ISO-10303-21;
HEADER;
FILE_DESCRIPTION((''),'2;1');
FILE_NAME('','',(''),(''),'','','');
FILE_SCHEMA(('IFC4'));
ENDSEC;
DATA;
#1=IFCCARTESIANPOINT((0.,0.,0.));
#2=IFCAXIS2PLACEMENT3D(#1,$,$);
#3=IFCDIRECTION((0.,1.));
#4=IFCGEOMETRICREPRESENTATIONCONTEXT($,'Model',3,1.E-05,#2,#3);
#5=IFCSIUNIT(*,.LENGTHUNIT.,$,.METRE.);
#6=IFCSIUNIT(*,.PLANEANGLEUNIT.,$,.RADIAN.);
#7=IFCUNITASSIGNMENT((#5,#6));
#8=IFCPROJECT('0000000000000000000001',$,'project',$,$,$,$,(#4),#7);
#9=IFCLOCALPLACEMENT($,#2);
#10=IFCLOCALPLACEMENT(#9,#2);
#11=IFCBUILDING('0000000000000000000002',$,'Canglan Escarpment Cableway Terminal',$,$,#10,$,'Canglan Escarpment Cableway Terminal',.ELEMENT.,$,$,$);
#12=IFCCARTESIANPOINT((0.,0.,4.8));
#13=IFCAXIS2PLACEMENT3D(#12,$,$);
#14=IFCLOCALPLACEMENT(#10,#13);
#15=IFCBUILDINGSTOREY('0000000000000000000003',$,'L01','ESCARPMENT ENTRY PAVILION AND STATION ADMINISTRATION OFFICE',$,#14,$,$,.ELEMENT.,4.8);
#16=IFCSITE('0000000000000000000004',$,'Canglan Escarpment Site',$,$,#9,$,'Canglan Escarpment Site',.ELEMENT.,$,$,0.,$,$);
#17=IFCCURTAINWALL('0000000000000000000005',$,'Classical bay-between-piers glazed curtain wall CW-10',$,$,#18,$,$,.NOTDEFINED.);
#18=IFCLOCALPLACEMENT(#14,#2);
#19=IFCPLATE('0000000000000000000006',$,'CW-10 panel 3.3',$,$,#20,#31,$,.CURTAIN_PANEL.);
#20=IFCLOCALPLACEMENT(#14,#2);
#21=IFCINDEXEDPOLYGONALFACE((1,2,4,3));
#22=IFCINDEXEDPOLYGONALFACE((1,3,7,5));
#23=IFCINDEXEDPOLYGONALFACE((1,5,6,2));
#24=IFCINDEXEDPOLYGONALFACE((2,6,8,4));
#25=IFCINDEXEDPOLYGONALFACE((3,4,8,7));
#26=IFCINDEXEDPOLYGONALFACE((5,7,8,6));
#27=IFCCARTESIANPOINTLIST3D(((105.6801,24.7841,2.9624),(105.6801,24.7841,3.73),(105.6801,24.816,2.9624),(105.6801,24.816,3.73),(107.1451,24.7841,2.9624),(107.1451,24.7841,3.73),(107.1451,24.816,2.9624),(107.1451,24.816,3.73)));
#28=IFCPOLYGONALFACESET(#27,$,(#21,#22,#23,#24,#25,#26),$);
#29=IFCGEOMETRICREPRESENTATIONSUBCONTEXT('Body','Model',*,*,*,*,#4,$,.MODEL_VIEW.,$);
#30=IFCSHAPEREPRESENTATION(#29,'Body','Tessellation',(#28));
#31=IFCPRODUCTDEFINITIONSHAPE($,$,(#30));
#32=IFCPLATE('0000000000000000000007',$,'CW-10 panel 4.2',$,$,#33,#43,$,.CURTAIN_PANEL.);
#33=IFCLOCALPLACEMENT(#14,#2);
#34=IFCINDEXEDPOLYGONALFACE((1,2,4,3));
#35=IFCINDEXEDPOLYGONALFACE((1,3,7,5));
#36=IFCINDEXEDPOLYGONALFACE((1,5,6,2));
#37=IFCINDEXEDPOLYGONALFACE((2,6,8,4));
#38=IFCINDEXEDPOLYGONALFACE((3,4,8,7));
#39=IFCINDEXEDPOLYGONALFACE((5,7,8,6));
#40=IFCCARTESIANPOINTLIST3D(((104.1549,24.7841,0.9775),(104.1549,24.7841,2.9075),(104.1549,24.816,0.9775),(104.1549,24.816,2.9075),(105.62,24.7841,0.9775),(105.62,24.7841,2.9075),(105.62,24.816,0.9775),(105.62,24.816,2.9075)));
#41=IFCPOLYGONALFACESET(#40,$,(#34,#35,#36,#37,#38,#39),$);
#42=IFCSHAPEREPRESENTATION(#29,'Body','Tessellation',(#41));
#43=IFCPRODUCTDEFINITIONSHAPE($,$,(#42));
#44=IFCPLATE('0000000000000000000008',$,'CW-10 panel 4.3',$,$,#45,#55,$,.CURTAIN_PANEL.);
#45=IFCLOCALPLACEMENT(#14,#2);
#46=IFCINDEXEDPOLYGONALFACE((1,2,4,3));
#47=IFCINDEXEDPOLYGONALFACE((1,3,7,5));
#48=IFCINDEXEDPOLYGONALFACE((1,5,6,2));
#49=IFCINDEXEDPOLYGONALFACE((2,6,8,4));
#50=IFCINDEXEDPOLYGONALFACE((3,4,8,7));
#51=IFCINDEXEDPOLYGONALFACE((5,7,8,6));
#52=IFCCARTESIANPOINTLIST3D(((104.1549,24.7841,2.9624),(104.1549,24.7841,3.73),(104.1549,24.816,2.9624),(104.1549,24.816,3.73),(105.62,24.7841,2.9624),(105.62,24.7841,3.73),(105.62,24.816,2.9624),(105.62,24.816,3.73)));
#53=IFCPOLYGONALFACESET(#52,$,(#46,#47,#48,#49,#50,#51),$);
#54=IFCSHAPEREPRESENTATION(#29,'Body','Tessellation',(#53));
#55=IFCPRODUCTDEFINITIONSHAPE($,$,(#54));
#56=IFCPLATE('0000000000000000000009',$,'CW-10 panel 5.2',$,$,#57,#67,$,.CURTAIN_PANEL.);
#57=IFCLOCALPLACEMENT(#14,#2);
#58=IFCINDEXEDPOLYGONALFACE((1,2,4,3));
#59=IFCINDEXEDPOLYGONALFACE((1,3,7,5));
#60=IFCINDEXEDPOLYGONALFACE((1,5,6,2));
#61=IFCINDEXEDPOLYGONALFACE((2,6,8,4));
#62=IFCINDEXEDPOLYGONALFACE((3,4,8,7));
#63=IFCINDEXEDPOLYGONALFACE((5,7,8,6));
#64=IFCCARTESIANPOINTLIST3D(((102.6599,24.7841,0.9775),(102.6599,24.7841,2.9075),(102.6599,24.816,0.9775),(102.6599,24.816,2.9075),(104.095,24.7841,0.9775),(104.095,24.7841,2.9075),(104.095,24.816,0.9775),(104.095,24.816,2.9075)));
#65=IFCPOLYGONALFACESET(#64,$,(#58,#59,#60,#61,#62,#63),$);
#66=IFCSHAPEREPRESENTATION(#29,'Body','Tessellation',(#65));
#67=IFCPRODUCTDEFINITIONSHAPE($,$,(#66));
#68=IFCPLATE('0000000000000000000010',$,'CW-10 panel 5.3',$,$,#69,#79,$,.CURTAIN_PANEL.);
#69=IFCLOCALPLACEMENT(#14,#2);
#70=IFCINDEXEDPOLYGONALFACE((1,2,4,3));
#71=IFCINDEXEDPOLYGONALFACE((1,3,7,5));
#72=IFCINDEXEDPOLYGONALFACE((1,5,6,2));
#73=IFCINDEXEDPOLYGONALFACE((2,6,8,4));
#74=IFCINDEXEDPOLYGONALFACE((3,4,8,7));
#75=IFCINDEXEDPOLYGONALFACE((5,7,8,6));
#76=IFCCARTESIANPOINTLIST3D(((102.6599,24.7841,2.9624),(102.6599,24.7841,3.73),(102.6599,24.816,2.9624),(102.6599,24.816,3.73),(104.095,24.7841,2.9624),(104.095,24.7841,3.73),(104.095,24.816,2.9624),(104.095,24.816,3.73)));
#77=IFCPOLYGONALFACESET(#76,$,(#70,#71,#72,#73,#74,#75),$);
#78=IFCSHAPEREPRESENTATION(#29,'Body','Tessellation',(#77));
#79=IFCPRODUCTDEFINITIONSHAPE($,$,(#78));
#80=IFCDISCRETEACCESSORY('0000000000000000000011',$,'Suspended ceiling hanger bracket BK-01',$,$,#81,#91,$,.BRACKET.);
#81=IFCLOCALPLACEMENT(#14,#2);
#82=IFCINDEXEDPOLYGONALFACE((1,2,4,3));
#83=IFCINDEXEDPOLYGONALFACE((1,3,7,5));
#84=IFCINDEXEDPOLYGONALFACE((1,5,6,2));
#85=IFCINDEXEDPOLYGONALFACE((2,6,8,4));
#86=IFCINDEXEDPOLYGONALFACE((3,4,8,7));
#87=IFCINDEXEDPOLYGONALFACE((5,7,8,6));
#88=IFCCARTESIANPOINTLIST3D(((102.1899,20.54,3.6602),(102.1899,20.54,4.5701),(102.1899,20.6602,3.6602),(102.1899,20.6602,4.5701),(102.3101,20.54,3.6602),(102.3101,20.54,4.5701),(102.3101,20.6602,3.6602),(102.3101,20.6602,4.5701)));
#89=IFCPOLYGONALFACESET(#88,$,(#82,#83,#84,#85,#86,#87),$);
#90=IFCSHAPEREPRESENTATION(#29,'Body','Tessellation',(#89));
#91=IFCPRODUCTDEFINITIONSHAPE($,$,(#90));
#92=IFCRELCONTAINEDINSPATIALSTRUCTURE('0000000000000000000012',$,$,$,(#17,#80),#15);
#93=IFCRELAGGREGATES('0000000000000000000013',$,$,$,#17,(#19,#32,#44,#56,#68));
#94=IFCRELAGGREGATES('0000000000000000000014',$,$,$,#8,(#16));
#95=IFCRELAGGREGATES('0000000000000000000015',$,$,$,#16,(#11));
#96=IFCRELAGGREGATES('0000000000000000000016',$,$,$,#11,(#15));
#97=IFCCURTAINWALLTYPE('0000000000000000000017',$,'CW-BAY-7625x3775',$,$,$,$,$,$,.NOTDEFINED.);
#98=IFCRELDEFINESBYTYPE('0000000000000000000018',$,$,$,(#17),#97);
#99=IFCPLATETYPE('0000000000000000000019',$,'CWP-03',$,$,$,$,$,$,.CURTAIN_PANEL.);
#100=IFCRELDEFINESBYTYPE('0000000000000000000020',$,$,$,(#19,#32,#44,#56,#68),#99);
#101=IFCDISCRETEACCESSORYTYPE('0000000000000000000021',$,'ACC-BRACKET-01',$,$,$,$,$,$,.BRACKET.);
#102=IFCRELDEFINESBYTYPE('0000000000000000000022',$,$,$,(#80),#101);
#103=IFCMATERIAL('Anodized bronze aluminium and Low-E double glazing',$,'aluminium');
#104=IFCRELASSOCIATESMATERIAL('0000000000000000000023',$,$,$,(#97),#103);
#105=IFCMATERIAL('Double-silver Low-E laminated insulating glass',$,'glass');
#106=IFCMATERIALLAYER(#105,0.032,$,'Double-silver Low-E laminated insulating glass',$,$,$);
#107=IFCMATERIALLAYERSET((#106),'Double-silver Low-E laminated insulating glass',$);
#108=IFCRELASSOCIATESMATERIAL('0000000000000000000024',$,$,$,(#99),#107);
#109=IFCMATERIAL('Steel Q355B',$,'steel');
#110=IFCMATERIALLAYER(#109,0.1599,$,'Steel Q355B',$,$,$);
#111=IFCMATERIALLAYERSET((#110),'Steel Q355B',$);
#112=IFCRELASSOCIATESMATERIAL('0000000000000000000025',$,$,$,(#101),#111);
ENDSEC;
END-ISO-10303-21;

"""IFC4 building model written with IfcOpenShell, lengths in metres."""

from ifc_helpers import new_model, si_unit, direction, frame, origin, origin_2d, place, context, subcontext, project, spatial, rectangle, extrude, material, layer, layer_set, type_object, element, aggregate, save


model = new_model("IFC4")

# Units and contexts
model_context = context("Model", 3, precision=1e-05, world=origin(), true_north=direction((0.0, 1.0)))
body_context = subcontext(model_context, "Body", "Model", "MODEL_VIEW")
ifc_project = project(units=[si_unit("LENGTHUNIT", "METRE"), si_unit("PLANEANGLEUNIT", "RADIAN")], contexts=[model_context])

# Site, building, storey
site_placement = place(None, origin())
site = spatial("IfcSite", under=ifc_project, at=site_placement, Name="Canglan Escarpment Site", LongName="Canglan Escarpment Site", CompositionType="ELEMENT", RefElevation=0.0)
building_placement = place(site_placement, origin())
building = spatial("IfcBuilding", under=site, at=building_placement, Name="Canglan Escarpment Cableway Terminal", LongName="Canglan Escarpment Cableway Terminal", CompositionType="ELEMENT")
storey_placement = place(building_placement, frame((0.0, 0.0, 4.8)))
storey = spatial("IfcBuildingStorey", under=building, at=storey_placement, Name="L01", Description="ESCARPMENT ENTRY PAVILION AND STATION ADMINISTRATION OFFICE", CompositionType="ELEMENT", Elevation=4.8)

# Curtain wall
ifc_material_1 = material(Name="Anodized bronze aluminium and Low-E double glazing", Category="aluminium")
curtain_wall_type_1 = type_object("IfcCurtainWallType", Name="CW-BAY-7625x3775", PredefinedType="NOTDEFINED", material=ifc_material_1)
curtain_wall_1_placement = place(storey_placement, origin())
curtain_wall_1 = element("IfcCurtainWall", 1, at=curtain_wall_1_placement, inside=storey, type_object=curtain_wall_type_1, Name="Classical bay-between-piers glazed curtain wall CW-10", PredefinedType="NOTDEFINED")

# Shared definitions
ifc_material_2 = material(Name="Steel Q355B", Category="steel")

# Plates
ifc_material_3 = material(Name="Double-silver Low-E laminated insulating glass", Category="glass")
ifc_layer_1 = layer(ifc_material_3, 0.032, Name="Double-silver Low-E laminated insulating glass")
ifc_layer_set_1 = layer_set([ifc_layer_1], Name="Double-silver Low-E laminated insulating glass")
plate_type = type_object("IfcPlateType", Name="CWP-03", PredefinedType="CURTAIN_PANEL", material=ifc_layer_set_1)
plate_1_placement = place(storey_placement, frame((106.4126, 24.8, 2.9624), z_axis=(0.0, 0.0, 1.0), x_axis=(-1.0, 0.0, 0.0)))
plate_1 = element("IfcPlate", 2, at=plate_1_placement, type_object=plate_type, Name="CW-10 panel 3.3", PredefinedType="CURTAIN_PANEL", context=body_context, shape_type="SweptSolid", body=[
    extrude(rectangle(XDim=1.4651, YDim=0.032, at=origin_2d()), origin(), (0.0, 0.0, 1.0), 0.7676),
])
plate_2_placement = place(storey_placement, frame((104.8875, 24.8, 0.9775), z_axis=(0.0, 0.0, 1.0), x_axis=(-1.0, 0.0, 0.0)))
plate_2 = element("IfcPlate", 3, at=plate_2_placement, type_object=plate_type, Name="CW-10 panel 4.2", PredefinedType="CURTAIN_PANEL", context=body_context, shape_type="SweptSolid", body=[
    extrude(rectangle(XDim=1.4651, YDim=0.032, at=origin_2d()), origin(), (0.0, 0.0, 1.0), 1.9299),
])
plate_3_placement = place(storey_placement, frame((104.8875, 24.8, 2.9624), z_axis=(0.0, 0.0, 1.0), x_axis=(-1.0, 0.0, 0.0)))
plate_3 = element("IfcPlate", 4, at=plate_3_placement, type_object=plate_type, Name="CW-10 panel 4.3", PredefinedType="CURTAIN_PANEL", context=body_context, shape_type="SweptSolid", body=[
    extrude(rectangle(XDim=1.4651, YDim=0.032, at=origin_2d()), origin(), (0.0, 0.0, 1.0), 0.7676),
])
plate_4_placement = place(storey_placement, frame((103.3774, 24.8, 0.9775), z_axis=(0.0, 0.0, 1.0), x_axis=(-1.0, 0.0, 0.0)))
plate_4 = element("IfcPlate", 5, at=plate_4_placement, type_object=plate_type, Name="CW-10 panel 5.2", PredefinedType="CURTAIN_PANEL", context=body_context, shape_type="SweptSolid", body=[
    extrude(rectangle(XDim=1.4351, YDim=0.032, at=origin_2d()), origin(), (0.0, 0.0, 1.0), 1.9299),
])
plate_5_placement = place(storey_placement, frame((103.3774, 24.8, 2.9624), z_axis=(0.0, 0.0, 1.0), x_axis=(-1.0, 0.0, 0.0)))
plate_5 = element("IfcPlate", 6, at=plate_5_placement, type_object=plate_type, Name="CW-10 panel 5.3", PredefinedType="CURTAIN_PANEL", context=body_context, shape_type="SweptSolid", body=[
    extrude(rectangle(XDim=1.4351, YDim=0.032, at=origin_2d()), origin(), (0.0, 0.0, 1.0), 0.7676),
])
aggregate(curtain_wall_1, [plate_1, plate_2, plate_3, plate_4, plate_5])

# Discrete accessory
ifc_layer_2 = layer(ifc_material_2, 0.1599, Name="Steel Q355B")
ifc_layer_set_2 = layer_set([ifc_layer_2], Name="Steel Q355B")
discrete_accessory_type = type_object("IfcDiscreteAccessoryType", Name="ACC-BRACKET-01", PredefinedType="BRACKET", material=ifc_layer_set_2)
discrete_accessory_placement = place(storey_placement, frame((102.25, 20.6001, 3.6602), z_axis=(0.0, 0.0, 1.0), x_axis=(1.0, 0.0, 0.0)))
element("IfcDiscreteAccessory", 7, at=discrete_accessory_placement, inside=storey, type_object=discrete_accessory_type, Name="Suspended ceiling hanger bracket BK-01", PredefinedType="BRACKET", context=body_context, shape_type="SweptSolid", body=[
    extrude(rectangle(XDim=0.1201, YDim=0.1201, at=origin_2d()), origin(), (0.0, 0.0, 1.0), 0.9099),
])

save(model, "model.ifc")
